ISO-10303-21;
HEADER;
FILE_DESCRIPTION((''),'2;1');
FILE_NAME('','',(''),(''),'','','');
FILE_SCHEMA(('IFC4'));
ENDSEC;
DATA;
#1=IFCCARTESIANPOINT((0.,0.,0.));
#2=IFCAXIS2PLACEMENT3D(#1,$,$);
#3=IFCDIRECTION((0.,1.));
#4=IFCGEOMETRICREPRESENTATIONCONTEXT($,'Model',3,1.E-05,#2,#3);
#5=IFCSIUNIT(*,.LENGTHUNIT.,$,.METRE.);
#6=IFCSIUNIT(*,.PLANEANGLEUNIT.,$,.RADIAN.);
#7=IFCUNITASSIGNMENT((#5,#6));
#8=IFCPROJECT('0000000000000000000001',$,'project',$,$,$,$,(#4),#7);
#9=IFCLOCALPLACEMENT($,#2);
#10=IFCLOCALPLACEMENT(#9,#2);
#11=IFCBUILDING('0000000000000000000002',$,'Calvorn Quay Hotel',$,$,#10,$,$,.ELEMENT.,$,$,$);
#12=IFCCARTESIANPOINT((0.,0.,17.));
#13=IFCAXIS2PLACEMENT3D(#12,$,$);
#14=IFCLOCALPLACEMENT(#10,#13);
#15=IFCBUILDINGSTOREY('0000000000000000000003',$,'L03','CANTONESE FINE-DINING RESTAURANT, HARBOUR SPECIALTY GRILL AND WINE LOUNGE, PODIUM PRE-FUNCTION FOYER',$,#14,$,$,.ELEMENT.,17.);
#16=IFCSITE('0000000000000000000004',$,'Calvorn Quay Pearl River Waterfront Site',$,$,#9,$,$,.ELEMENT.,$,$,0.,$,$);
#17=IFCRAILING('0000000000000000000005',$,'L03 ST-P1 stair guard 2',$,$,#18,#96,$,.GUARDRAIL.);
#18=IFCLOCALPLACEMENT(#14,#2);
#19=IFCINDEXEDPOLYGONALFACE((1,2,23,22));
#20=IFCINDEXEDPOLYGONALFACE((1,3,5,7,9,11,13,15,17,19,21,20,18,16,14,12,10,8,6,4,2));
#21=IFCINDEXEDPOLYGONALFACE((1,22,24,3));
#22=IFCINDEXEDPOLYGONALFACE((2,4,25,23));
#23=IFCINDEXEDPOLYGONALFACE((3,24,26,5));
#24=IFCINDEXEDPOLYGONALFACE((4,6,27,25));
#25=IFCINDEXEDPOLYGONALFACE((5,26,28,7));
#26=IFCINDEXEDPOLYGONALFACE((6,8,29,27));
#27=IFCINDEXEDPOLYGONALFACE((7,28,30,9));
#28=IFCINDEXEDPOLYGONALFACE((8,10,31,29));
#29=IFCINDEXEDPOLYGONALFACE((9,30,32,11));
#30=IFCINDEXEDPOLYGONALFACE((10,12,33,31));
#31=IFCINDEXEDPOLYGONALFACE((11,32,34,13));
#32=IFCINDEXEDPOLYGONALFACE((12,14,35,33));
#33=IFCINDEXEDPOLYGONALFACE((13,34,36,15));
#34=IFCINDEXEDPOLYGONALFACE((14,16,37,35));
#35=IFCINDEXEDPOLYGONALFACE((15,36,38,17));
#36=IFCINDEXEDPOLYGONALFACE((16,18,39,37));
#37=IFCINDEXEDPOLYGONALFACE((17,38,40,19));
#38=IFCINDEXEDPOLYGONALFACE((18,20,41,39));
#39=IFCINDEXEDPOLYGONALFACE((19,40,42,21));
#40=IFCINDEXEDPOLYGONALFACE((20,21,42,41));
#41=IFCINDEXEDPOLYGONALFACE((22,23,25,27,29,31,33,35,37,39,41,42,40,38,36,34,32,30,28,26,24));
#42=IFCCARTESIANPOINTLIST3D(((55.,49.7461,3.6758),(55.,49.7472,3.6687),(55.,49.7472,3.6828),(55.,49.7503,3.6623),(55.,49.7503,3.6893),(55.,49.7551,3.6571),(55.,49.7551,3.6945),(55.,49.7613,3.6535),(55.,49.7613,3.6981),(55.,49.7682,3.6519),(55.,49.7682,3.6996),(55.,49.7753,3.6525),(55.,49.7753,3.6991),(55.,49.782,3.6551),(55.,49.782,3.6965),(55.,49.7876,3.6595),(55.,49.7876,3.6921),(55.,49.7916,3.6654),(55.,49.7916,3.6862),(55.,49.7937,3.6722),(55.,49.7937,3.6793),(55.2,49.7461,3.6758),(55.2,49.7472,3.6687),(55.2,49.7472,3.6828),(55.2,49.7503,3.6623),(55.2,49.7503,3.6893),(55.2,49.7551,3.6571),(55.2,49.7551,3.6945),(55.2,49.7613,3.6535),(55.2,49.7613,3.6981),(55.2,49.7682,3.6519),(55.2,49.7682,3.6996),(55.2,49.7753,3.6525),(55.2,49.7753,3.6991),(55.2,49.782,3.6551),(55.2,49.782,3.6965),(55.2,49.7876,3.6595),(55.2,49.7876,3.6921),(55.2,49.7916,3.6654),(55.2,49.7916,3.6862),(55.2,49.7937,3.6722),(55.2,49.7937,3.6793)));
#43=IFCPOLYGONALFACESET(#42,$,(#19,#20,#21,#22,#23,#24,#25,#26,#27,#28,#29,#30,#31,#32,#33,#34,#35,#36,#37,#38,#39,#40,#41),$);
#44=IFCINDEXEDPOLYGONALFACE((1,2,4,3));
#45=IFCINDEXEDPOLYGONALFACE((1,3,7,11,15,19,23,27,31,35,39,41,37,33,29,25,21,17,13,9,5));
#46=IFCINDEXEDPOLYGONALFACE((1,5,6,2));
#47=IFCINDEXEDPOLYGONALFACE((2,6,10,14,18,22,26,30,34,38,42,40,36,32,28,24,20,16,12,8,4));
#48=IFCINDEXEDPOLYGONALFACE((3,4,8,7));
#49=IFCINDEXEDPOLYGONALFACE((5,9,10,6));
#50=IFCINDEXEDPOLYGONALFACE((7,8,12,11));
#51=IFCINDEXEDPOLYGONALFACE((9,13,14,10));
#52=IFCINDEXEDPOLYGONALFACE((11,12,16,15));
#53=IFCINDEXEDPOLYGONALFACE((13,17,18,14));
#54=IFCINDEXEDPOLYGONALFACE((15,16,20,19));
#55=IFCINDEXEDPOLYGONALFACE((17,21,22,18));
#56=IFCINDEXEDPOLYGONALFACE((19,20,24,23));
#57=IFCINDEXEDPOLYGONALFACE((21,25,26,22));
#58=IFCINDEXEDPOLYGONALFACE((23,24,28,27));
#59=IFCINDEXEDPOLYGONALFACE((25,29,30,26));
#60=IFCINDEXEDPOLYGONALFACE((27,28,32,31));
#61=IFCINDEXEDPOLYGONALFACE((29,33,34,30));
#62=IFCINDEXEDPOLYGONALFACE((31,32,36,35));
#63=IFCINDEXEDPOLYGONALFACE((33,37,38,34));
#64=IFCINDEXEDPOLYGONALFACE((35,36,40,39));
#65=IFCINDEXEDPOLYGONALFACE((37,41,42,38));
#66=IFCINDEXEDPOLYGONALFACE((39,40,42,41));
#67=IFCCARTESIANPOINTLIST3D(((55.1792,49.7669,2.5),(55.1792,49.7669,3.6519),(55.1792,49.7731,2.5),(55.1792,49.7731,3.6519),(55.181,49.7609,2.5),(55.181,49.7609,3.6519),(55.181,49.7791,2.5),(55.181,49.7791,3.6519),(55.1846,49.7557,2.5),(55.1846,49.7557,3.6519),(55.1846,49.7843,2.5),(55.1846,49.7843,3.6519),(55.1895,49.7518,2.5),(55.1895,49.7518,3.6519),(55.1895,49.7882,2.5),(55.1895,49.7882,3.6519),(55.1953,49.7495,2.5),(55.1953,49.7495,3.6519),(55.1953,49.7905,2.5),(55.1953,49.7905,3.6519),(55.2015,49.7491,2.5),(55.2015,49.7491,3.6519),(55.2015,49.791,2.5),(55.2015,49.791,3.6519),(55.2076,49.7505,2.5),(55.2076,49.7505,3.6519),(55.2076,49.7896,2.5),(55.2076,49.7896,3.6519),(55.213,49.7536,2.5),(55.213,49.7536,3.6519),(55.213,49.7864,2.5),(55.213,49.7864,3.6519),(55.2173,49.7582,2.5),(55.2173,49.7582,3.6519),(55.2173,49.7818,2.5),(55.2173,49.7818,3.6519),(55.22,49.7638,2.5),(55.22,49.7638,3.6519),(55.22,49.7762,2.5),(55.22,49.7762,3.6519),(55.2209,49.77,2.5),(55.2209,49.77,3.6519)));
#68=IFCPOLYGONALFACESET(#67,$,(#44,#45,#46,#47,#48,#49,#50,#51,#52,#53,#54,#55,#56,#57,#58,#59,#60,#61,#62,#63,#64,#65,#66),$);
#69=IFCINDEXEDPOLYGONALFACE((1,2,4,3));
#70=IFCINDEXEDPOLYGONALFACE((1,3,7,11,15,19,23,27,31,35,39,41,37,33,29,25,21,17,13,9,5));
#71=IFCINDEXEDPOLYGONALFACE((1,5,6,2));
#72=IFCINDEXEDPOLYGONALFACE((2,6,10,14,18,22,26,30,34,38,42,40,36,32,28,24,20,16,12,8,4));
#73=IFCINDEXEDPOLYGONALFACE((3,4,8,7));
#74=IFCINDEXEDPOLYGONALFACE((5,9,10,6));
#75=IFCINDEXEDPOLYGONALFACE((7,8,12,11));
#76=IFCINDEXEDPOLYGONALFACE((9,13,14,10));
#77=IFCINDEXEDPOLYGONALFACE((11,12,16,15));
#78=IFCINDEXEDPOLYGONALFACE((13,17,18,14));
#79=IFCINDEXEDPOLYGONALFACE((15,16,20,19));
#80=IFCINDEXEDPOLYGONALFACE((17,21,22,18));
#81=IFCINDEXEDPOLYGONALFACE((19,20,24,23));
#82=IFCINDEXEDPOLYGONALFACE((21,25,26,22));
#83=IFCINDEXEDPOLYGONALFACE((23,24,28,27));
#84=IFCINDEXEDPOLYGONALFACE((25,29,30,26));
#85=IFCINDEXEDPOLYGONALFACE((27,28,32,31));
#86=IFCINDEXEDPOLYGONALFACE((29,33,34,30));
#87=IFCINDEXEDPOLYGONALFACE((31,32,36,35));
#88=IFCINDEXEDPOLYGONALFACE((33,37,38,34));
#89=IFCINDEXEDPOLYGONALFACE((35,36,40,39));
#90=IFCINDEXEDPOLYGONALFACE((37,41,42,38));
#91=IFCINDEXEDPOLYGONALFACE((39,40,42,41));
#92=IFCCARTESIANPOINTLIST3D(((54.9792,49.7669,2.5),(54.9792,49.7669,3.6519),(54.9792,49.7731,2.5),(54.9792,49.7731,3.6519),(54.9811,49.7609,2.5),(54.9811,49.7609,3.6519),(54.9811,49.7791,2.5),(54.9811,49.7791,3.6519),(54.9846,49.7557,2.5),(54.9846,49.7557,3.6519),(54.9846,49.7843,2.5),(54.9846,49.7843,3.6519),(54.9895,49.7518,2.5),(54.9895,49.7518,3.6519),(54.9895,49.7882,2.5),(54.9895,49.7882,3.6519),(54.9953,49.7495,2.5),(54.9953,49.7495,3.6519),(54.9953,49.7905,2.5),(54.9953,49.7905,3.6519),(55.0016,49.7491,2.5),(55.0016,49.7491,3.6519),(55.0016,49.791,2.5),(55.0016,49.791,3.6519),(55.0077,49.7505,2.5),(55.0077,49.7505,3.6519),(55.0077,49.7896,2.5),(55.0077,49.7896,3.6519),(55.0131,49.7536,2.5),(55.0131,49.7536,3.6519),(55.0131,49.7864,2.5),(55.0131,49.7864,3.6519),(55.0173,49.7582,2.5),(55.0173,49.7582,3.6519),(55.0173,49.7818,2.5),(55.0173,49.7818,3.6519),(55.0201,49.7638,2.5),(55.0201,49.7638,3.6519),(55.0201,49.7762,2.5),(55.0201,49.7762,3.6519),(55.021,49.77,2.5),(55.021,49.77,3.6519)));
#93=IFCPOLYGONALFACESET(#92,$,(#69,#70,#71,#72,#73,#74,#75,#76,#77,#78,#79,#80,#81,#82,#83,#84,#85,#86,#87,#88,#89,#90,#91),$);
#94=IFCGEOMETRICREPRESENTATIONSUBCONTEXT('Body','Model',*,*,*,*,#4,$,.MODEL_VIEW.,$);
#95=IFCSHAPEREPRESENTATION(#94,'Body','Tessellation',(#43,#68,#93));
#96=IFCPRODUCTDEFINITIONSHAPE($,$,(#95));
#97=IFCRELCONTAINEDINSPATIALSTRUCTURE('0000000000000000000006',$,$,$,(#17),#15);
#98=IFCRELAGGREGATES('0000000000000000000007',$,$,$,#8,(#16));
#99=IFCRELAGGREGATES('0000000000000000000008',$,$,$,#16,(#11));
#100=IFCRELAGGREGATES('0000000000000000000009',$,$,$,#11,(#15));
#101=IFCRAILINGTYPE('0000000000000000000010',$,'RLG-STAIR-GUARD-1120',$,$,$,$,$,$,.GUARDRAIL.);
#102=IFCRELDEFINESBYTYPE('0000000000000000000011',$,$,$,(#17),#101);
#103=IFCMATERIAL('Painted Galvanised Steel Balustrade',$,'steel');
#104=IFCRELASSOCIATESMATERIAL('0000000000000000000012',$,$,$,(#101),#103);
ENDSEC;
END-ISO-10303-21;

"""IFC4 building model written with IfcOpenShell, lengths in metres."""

from ifc_helpers import new_model, si_unit, direction, frame, origin, origin_2d, place, context, subcontext, project, spatial, circle, extrude, material, type_object, element, save


model = new_model("IFC4")

# Units and contexts
model_context = context("Model", 3, precision=1e-05, world=origin(), true_north=direction((0.0, 1.0)))
body_context = subcontext(model_context, "Body", "Model", "MODEL_VIEW")
ifc_project = project(units=[si_unit("LENGTHUNIT", "METRE"), si_unit("PLANEANGLEUNIT", "RADIAN")], contexts=[model_context])

# Site, building, storey
site_placement = place(None, origin())
site = spatial("IfcSite", under=ifc_project, at=site_placement, Name="Calvorn Quay Pearl River Waterfront Site", CompositionType="ELEMENT", RefElevation=0.0)
building_placement = place(site_placement, origin())
building = spatial("IfcBuilding", under=site, at=building_placement, Name="Calvorn Quay Hotel", CompositionType="ELEMENT")
storey_placement = place(building_placement, frame((0.0, 0.0, 17.0)))
storey = spatial("IfcBuildingStorey", under=building, at=storey_placement, Name="L03", Description="CANTONESE FINE-DINING RESTAURANT, HARBOUR SPECIALTY GRILL AND WINE LOUNGE, PODIUM PRE-FUNCTION FOYER", CompositionType="ELEMENT", Elevation=17.0)

# Railing
ifc_material_1 = material(Name="Painted Galvanised Steel Balustrade", Category="steel")
railing_type_1 = type_object("IfcRailingType", Name="RLG-STAIR-GUARD-1120", PredefinedType="GUARDRAIL", material=ifc_material_1)
railing_1_placement = place(storey_placement, frame((55.2, 49.77, 2.5)))
element("IfcRailing", 1, at=railing_1_placement, inside=storey, type_object=railing_type_1, Name="L03 ST-P1 stair guard 2", PredefinedType="GUARDRAIL", context=body_context, shape_type="SweptSolid", body=[
    extrude(circle(Radius=0.0239, at=origin_2d()), frame((0.0, 0.0, 1.1758), z_axis=(-1.0, 0.0, 0.0), x_axis=(0.0, -1.0, 0.0)), (0.0, 0.0, 1.0), 0.2),
    extrude(circle(Radius=0.021, at=origin_2d()), origin(), (0.0, 0.0, 1.0), 1.1519),
    extrude(circle(Radius=0.021, at=origin_2d()), frame((-0.2, 0.0, 0.0)), (0.0, 0.0, 1.0), 1.1519),
])

save(model, "model.ifc")
